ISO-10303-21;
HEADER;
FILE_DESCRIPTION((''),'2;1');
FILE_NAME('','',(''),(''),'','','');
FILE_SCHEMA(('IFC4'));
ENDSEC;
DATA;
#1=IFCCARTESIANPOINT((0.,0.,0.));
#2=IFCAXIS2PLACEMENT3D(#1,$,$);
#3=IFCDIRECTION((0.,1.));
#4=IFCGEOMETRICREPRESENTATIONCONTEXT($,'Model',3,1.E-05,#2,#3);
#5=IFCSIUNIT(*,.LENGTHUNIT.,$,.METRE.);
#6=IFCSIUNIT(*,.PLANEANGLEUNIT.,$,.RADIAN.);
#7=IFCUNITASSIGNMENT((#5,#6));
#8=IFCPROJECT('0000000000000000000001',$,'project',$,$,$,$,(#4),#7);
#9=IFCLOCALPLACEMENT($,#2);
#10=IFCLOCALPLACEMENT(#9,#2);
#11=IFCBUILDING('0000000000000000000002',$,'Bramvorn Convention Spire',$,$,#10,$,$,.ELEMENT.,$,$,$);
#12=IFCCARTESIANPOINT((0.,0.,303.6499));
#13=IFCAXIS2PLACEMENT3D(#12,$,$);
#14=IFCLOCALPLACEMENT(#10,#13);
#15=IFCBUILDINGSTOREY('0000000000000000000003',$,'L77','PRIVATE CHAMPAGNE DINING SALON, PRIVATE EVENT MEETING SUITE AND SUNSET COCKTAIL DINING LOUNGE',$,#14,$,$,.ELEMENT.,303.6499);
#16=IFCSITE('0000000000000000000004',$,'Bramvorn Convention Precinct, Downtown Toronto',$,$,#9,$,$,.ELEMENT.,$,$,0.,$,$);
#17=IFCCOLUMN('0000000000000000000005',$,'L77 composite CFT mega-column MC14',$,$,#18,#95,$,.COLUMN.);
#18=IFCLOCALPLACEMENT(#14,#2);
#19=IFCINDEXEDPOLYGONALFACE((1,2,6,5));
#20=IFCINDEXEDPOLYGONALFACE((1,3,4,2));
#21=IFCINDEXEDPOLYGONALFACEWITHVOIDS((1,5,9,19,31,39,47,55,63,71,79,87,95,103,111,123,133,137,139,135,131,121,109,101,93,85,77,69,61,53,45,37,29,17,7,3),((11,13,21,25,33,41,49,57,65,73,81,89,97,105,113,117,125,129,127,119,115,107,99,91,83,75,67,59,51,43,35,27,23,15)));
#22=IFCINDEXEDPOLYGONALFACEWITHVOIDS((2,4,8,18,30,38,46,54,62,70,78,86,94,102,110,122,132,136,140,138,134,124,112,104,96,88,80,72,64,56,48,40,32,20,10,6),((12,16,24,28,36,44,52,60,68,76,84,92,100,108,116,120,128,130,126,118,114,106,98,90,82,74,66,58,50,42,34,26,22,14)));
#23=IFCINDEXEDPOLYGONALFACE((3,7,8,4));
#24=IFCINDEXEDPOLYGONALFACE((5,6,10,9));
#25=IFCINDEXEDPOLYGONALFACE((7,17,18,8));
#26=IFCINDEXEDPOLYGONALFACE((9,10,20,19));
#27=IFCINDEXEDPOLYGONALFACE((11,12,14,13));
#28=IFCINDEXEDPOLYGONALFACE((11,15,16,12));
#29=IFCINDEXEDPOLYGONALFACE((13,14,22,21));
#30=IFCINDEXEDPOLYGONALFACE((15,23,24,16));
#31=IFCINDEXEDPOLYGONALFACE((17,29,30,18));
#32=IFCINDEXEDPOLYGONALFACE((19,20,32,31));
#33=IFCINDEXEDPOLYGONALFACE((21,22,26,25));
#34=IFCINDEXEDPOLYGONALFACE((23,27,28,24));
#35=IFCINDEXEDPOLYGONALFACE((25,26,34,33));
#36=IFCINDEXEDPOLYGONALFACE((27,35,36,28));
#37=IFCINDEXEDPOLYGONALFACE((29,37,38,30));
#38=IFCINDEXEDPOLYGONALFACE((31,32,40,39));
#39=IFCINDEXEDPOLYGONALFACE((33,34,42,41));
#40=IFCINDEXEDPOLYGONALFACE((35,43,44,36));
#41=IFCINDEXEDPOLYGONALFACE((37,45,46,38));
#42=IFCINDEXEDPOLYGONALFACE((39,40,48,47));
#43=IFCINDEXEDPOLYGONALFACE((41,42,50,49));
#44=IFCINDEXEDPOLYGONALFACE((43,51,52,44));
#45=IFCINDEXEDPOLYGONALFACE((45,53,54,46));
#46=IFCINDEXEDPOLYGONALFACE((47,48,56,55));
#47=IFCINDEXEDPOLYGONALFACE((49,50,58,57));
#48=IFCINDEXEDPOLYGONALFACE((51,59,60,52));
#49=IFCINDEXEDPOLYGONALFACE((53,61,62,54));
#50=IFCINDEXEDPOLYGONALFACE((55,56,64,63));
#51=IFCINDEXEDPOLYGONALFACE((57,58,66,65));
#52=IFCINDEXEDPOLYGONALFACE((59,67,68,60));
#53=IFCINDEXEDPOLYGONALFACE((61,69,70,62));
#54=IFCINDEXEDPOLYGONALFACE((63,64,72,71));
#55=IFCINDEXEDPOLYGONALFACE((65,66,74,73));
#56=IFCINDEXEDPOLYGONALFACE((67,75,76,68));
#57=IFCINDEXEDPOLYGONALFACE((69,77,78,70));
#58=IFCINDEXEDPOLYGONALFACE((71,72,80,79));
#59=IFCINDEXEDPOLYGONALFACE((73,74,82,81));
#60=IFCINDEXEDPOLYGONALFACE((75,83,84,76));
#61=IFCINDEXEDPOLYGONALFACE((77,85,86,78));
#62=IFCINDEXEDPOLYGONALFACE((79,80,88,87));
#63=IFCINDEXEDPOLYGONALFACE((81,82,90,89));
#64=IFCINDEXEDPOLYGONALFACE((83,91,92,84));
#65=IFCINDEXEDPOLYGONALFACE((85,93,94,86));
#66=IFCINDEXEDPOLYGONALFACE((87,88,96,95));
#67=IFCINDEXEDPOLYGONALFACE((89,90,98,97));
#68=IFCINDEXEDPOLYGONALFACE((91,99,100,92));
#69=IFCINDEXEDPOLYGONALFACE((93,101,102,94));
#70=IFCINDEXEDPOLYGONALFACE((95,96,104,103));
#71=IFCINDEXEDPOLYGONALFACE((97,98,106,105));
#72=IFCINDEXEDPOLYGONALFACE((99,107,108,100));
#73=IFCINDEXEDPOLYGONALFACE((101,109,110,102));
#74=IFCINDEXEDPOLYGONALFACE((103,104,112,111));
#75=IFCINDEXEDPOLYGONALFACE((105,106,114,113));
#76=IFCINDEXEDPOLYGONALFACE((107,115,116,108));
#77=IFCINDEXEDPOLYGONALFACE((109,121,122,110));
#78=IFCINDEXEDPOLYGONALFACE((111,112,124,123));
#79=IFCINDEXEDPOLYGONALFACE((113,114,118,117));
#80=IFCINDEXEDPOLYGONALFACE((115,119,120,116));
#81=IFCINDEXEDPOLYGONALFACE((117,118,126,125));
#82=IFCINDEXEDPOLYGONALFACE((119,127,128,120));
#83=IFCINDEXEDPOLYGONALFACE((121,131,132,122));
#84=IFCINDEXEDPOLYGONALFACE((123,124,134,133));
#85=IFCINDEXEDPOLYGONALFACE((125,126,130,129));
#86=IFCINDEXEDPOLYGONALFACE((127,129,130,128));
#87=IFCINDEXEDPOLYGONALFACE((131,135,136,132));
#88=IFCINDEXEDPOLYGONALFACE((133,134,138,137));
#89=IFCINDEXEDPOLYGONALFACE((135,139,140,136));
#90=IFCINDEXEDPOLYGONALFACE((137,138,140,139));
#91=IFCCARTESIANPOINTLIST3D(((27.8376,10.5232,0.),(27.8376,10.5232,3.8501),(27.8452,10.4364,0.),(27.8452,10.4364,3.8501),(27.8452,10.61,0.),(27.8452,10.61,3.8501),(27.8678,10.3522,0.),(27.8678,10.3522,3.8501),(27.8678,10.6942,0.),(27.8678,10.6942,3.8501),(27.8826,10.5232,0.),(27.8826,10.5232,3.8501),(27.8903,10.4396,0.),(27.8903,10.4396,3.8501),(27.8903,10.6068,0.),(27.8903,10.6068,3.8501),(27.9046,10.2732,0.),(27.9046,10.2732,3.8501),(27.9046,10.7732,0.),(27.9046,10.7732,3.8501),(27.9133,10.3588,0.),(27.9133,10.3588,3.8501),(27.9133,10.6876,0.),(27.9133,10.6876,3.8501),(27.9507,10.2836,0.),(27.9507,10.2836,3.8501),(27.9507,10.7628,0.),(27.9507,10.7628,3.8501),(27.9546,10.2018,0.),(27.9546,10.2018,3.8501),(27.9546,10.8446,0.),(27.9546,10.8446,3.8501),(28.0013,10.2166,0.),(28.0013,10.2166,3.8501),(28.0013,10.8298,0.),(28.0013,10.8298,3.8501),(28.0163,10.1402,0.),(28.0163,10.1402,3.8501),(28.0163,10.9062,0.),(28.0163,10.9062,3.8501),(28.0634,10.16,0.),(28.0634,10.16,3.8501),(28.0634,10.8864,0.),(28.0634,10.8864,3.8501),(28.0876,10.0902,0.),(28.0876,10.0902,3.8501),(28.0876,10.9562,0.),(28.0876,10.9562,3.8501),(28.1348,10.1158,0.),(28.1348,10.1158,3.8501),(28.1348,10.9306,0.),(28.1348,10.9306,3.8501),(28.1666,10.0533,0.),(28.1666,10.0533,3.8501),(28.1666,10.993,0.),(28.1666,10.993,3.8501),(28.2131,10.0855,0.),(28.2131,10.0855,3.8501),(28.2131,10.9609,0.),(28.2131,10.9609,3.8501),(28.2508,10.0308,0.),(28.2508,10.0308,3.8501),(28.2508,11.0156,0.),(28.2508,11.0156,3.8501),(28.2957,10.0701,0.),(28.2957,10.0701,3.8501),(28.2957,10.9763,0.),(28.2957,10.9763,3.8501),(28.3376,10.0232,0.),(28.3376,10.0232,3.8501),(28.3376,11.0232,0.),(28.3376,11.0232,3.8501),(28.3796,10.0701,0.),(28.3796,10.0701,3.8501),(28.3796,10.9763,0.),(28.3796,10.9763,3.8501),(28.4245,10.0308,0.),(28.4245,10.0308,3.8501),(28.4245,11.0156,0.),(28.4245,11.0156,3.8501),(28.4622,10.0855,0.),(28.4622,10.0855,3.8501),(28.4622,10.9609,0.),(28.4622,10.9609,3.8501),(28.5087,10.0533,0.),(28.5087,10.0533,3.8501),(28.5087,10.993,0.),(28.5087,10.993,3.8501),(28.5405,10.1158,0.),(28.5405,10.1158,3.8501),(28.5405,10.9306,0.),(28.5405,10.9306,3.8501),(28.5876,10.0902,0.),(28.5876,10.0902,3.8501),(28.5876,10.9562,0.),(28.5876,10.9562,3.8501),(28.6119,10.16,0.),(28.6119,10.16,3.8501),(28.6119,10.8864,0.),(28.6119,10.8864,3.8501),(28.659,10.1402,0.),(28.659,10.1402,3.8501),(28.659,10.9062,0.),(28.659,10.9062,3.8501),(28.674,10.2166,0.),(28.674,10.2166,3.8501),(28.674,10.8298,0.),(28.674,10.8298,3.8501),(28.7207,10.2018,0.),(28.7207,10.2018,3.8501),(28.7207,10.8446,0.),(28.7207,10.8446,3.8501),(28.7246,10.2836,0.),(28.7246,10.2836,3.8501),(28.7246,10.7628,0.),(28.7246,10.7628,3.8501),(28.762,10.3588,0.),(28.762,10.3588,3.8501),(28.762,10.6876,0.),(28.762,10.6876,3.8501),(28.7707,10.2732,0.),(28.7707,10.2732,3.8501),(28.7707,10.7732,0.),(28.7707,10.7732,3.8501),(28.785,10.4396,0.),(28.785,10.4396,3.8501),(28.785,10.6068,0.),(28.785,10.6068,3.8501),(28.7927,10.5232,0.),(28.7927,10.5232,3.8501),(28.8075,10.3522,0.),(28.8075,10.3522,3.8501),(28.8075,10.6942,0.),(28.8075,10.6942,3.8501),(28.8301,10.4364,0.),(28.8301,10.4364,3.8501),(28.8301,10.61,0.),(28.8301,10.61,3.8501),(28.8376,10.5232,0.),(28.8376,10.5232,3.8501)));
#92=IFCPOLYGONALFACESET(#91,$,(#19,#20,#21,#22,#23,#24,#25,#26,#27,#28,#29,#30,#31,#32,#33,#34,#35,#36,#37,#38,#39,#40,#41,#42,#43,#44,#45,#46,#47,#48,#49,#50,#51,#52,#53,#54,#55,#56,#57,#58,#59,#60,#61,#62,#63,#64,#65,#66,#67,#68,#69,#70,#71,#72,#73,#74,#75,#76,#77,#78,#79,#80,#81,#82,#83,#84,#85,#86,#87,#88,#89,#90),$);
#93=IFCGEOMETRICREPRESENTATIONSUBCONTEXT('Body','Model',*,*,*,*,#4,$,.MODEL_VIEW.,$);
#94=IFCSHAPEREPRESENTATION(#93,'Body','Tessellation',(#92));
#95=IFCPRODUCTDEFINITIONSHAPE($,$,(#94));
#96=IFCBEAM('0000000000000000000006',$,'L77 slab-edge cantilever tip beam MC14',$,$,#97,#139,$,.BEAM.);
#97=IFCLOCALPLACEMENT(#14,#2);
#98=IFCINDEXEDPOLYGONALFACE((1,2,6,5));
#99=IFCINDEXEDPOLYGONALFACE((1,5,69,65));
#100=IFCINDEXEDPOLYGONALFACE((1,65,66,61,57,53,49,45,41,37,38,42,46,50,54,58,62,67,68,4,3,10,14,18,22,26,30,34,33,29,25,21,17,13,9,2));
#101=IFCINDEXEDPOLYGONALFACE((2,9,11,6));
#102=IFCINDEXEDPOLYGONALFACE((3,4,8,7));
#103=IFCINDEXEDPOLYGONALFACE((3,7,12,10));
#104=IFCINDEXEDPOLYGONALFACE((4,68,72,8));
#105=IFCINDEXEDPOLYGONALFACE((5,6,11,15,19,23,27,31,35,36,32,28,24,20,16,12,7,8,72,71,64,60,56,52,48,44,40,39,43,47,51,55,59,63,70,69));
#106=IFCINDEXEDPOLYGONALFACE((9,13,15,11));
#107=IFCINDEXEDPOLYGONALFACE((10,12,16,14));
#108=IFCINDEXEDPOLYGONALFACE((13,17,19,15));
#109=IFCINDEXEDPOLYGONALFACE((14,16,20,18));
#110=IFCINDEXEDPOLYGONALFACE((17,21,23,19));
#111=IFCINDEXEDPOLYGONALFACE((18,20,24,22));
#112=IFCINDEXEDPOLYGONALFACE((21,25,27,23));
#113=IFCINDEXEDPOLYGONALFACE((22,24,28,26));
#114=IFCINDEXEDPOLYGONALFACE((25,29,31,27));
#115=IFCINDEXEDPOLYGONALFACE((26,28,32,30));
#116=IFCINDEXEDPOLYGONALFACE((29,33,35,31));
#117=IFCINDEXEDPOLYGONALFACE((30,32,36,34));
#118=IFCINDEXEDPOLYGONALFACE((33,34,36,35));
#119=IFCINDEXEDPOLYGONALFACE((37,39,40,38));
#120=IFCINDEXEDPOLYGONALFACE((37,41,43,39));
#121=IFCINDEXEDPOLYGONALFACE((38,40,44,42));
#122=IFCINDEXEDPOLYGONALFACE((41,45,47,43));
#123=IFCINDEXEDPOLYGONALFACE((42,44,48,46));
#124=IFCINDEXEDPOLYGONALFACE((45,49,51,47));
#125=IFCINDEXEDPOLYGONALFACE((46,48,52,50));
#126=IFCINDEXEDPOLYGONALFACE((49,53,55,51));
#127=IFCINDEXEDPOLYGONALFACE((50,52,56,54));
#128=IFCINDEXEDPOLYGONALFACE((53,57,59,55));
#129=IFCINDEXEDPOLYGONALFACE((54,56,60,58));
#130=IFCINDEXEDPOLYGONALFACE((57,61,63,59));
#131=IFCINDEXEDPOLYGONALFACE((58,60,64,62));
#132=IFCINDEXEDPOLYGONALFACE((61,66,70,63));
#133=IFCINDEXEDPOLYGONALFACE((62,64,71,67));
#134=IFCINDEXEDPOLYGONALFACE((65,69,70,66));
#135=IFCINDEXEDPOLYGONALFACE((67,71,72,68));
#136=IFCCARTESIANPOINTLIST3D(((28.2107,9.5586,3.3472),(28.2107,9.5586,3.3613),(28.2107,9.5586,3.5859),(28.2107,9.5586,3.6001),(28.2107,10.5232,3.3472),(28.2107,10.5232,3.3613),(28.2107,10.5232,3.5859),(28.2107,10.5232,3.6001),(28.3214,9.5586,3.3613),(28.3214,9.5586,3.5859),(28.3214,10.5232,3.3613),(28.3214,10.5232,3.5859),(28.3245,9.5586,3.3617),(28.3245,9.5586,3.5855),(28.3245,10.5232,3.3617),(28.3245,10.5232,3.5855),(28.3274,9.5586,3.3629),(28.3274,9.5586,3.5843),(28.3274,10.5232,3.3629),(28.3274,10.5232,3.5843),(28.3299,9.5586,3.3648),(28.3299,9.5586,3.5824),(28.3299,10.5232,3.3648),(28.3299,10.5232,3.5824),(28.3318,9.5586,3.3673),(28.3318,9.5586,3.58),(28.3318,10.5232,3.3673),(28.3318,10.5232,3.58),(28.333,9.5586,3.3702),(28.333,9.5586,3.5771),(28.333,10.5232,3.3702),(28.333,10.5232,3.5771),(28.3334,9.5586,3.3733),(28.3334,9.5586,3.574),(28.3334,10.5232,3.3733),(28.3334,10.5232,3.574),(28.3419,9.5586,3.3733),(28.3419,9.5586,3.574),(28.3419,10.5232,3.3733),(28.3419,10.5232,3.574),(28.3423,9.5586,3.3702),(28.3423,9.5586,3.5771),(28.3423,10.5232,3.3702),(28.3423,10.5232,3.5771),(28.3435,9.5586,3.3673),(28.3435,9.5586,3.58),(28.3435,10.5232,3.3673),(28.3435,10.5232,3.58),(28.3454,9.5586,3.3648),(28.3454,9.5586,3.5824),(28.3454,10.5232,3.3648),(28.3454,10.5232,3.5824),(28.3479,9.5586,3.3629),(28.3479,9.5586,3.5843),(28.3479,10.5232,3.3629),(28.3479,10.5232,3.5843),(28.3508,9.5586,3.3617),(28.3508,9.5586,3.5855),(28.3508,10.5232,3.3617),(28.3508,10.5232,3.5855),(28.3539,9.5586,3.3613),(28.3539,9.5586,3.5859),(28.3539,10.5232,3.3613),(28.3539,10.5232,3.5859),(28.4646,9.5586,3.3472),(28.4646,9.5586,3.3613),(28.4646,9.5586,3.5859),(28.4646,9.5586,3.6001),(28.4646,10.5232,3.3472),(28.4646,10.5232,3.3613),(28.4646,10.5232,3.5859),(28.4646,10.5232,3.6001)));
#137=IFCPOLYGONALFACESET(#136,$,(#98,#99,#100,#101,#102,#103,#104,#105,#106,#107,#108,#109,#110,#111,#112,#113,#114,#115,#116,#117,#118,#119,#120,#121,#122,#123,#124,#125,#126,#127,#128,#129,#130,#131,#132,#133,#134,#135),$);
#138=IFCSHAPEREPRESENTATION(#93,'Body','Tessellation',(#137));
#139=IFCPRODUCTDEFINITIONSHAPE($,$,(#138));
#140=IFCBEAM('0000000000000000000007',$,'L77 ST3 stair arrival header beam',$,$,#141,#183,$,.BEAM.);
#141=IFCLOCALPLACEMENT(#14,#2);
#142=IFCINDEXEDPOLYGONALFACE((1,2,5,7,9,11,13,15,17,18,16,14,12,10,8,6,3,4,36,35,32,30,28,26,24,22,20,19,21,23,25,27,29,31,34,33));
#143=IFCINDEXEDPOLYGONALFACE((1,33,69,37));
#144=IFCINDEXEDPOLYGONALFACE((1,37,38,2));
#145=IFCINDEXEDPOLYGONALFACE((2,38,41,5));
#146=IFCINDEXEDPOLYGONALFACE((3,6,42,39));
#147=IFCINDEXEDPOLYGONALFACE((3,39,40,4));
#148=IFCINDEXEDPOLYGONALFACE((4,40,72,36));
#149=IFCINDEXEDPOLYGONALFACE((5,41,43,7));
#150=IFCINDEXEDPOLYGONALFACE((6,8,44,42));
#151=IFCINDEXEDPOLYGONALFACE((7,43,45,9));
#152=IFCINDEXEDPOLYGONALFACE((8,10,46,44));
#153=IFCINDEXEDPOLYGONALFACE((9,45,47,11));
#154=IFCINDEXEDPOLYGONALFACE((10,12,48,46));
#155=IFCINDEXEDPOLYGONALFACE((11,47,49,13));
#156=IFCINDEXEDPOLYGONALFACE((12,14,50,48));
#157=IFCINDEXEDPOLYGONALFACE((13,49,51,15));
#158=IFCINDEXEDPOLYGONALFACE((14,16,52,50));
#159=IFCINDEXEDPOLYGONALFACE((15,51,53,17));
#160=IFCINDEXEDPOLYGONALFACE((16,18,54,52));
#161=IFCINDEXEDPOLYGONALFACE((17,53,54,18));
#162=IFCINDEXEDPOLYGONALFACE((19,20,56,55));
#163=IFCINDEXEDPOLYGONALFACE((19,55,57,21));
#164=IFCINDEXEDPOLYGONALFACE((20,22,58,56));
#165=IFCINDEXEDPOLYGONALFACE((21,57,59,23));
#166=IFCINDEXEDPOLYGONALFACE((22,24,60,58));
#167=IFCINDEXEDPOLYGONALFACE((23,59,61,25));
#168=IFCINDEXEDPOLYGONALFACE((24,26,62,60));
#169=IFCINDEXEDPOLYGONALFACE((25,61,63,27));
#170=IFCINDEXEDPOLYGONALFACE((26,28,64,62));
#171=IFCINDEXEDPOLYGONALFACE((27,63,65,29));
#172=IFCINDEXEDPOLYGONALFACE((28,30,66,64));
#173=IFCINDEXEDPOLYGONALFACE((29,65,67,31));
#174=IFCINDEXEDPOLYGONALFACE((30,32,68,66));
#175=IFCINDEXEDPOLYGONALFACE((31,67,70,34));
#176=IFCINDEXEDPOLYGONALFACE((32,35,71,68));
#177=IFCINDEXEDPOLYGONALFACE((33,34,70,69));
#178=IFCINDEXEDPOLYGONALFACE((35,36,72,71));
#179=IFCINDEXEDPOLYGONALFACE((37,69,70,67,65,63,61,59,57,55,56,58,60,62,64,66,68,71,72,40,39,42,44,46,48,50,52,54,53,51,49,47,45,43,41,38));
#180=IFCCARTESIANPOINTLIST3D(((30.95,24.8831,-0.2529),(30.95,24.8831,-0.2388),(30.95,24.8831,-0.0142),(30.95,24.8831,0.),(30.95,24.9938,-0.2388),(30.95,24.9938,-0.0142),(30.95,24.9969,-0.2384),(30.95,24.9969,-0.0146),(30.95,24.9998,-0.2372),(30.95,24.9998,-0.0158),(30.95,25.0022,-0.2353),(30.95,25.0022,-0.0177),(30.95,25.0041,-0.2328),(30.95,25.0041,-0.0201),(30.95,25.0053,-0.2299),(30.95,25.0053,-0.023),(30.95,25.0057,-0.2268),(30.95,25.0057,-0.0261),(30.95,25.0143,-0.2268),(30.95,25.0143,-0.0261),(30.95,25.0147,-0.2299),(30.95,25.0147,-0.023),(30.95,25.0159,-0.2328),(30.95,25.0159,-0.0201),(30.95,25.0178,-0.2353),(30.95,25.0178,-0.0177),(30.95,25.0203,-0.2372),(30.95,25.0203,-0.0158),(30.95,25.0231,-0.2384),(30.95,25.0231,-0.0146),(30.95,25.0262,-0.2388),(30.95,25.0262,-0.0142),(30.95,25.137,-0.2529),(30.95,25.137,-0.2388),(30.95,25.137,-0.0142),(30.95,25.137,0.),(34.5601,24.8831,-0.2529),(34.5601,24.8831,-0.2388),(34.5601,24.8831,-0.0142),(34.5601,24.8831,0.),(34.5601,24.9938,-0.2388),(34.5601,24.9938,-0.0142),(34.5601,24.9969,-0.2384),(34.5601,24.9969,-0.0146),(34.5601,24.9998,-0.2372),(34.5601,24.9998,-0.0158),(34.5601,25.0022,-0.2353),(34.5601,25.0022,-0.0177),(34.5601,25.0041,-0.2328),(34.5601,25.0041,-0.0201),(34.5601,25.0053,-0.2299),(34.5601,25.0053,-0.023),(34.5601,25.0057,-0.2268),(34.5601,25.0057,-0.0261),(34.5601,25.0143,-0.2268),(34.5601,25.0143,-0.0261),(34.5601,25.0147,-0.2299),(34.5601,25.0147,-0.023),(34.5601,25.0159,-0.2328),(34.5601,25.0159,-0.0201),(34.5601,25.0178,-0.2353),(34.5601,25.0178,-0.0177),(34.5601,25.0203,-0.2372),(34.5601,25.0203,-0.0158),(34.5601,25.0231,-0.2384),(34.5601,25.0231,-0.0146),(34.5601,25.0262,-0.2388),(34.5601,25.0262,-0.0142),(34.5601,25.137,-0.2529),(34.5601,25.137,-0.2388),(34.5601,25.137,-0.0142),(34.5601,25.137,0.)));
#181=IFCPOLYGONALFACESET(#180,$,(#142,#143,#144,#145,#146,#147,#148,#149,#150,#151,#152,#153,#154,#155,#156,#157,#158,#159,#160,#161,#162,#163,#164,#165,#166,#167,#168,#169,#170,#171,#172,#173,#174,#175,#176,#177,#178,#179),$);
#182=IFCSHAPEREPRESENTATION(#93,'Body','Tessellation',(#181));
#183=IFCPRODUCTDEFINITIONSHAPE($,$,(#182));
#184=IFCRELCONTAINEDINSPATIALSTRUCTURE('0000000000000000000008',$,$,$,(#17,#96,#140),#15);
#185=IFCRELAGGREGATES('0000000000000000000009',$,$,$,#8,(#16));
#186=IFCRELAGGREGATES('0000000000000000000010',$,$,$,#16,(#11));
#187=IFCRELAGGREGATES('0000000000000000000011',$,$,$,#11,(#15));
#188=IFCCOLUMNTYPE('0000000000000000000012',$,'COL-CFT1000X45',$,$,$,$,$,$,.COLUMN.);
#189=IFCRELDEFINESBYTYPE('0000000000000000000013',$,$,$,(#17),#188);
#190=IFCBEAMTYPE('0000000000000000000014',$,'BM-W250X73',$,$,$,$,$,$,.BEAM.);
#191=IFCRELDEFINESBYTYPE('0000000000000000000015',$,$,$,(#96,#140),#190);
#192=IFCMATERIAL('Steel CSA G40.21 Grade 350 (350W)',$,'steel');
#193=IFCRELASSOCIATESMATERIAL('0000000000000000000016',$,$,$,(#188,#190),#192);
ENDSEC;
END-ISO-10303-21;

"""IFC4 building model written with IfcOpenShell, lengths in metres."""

from ifc_helpers import new_model, si_unit, direction, frame, origin, origin_2d, place, context, subcontext, project, spatial, hollow_circle, i_section, extrude, material, material_profile, profile_set, type_object, element, save


model = new_model("IFC4")

# Units and contexts
model_context = context("Model", 3, precision=1e-05, world=origin(), true_north=direction((0.0, 1.0)))
body_context = subcontext(model_context, "Body", "Model", "MODEL_VIEW")
ifc_project = project(units=[si_unit("LENGTHUNIT", "METRE"), si_unit("PLANEANGLEUNIT", "RADIAN")], contexts=[model_context])

# Site, building, storey
site_placement = place(None, origin())
site = spatial("IfcSite", under=ifc_project, at=site_placement, Name="Bramvorn Convention Precinct, Downtown Toronto", CompositionType="ELEMENT", RefElevation=0.0)
building_placement = place(site_placement, origin())
building = spatial("IfcBuilding", under=site, at=building_placement, Name="Bramvorn Convention Spire", CompositionType="ELEMENT")
storey_placement = place(building_placement, frame((0.0, 0.0, 303.6499)))
storey = spatial("IfcBuildingStorey", under=building, at=storey_placement, Name="L77", Description="PRIVATE CHAMPAGNE DINING SALON, PRIVATE EVENT MEETING SUITE AND SUNSET COCKTAIL DINING LOUNGE", CompositionType="ELEMENT", Elevation=303.6499)

# Column
ifc_material_1 = material(Name="Steel CSA G40.21 Grade 350 (350W)", Category="steel")
ifc_material_profile_1 = material_profile(ifc_material_1, hollow_circle(Radius=0.5, WallThickness=0.0449, at=origin_2d()))
ifc_profile_set_1 = profile_set([ifc_material_profile_1], Name="Steel CSA G40.21 Grade 350 (350W) - CFT1000X45")
column_type = type_object("IfcColumnType", Name="COL-CFT1000X45", PredefinedType="COLUMN", material=ifc_profile_set_1)
column_placement = place(storey_placement, frame((28.3376, 10.5232, 0.0), z_axis=(0.0, 0.0, 1.0), x_axis=(1.0, 0.0, 0.0)))
element("IfcColumn", 1, at=column_placement, inside=storey, type_object=column_type, Name="L77 composite CFT mega-column MC14", PredefinedType="COLUMN", context=body_context, shape_type="SweptSolid", body=[
    extrude(hollow_circle(Radius=0.5, WallThickness=0.0449, at=origin_2d()), origin(), (0.0, 0.0, 1.0), 3.8501),
])

# Beams
ifc_material_profile_2 = material_profile(ifc_material_1, i_section(OverallWidth=0.2539, OverallDepth=0.2529, WebThickness=0.0085, FlangeThickness=0.0142, FilletRadius=0.012, at=origin_2d()))
ifc_profile_set_2 = profile_set([ifc_material_profile_2], Name="Steel CSA G40.21 Grade 350 (350W) - W250X73")
beam_type_1 = type_object("IfcBeamType", Name="BM-W250X73", PredefinedType="BEAM", material=ifc_profile_set_2)
beam_1_placement = place(storey_placement, frame((28.3376, 10.5232, 3.4736), z_axis=(0.0, -1.0, 0.0), x_axis=(1.0, 0.0, 0.0)))
element("IfcBeam", 2, at=beam_1_placement, inside=storey, type_object=beam_type_1, Name="L77 slab-edge cantilever tip beam MC14", PredefinedType="BEAM", context=body_context, shape_type="SweptSolid", body=[
    extrude(i_section(OverallWidth=0.2539, OverallDepth=0.2529, WebThickness=0.0085, FlangeThickness=0.0142, FilletRadius=0.012, at=origin_2d()), origin(), (0.0, 0.0, 1.0), 0.9646),
])
beam_2_placement = place(storey_placement, frame((30.95, 25.01, -0.1265), z_axis=(1.0, 0.0, 0.0), x_axis=(0.0, 1.0, 0.0)))
element("IfcBeam", 3, at=beam_2_placement, inside=storey, type_object=beam_type_1, Name="L77 ST3 stair arrival header beam", PredefinedType="BEAM", context=body_context, shape_type="SweptSolid", body=[
    extrude(i_section(OverallWidth=0.2539, OverallDepth=0.2529, WebThickness=0.0085, FlangeThickness=0.0142, FilletRadius=0.012, at=origin_2d()), origin(), (0.0, 0.0, 1.0), 3.6101),
])

save(model, "model.ifc")
